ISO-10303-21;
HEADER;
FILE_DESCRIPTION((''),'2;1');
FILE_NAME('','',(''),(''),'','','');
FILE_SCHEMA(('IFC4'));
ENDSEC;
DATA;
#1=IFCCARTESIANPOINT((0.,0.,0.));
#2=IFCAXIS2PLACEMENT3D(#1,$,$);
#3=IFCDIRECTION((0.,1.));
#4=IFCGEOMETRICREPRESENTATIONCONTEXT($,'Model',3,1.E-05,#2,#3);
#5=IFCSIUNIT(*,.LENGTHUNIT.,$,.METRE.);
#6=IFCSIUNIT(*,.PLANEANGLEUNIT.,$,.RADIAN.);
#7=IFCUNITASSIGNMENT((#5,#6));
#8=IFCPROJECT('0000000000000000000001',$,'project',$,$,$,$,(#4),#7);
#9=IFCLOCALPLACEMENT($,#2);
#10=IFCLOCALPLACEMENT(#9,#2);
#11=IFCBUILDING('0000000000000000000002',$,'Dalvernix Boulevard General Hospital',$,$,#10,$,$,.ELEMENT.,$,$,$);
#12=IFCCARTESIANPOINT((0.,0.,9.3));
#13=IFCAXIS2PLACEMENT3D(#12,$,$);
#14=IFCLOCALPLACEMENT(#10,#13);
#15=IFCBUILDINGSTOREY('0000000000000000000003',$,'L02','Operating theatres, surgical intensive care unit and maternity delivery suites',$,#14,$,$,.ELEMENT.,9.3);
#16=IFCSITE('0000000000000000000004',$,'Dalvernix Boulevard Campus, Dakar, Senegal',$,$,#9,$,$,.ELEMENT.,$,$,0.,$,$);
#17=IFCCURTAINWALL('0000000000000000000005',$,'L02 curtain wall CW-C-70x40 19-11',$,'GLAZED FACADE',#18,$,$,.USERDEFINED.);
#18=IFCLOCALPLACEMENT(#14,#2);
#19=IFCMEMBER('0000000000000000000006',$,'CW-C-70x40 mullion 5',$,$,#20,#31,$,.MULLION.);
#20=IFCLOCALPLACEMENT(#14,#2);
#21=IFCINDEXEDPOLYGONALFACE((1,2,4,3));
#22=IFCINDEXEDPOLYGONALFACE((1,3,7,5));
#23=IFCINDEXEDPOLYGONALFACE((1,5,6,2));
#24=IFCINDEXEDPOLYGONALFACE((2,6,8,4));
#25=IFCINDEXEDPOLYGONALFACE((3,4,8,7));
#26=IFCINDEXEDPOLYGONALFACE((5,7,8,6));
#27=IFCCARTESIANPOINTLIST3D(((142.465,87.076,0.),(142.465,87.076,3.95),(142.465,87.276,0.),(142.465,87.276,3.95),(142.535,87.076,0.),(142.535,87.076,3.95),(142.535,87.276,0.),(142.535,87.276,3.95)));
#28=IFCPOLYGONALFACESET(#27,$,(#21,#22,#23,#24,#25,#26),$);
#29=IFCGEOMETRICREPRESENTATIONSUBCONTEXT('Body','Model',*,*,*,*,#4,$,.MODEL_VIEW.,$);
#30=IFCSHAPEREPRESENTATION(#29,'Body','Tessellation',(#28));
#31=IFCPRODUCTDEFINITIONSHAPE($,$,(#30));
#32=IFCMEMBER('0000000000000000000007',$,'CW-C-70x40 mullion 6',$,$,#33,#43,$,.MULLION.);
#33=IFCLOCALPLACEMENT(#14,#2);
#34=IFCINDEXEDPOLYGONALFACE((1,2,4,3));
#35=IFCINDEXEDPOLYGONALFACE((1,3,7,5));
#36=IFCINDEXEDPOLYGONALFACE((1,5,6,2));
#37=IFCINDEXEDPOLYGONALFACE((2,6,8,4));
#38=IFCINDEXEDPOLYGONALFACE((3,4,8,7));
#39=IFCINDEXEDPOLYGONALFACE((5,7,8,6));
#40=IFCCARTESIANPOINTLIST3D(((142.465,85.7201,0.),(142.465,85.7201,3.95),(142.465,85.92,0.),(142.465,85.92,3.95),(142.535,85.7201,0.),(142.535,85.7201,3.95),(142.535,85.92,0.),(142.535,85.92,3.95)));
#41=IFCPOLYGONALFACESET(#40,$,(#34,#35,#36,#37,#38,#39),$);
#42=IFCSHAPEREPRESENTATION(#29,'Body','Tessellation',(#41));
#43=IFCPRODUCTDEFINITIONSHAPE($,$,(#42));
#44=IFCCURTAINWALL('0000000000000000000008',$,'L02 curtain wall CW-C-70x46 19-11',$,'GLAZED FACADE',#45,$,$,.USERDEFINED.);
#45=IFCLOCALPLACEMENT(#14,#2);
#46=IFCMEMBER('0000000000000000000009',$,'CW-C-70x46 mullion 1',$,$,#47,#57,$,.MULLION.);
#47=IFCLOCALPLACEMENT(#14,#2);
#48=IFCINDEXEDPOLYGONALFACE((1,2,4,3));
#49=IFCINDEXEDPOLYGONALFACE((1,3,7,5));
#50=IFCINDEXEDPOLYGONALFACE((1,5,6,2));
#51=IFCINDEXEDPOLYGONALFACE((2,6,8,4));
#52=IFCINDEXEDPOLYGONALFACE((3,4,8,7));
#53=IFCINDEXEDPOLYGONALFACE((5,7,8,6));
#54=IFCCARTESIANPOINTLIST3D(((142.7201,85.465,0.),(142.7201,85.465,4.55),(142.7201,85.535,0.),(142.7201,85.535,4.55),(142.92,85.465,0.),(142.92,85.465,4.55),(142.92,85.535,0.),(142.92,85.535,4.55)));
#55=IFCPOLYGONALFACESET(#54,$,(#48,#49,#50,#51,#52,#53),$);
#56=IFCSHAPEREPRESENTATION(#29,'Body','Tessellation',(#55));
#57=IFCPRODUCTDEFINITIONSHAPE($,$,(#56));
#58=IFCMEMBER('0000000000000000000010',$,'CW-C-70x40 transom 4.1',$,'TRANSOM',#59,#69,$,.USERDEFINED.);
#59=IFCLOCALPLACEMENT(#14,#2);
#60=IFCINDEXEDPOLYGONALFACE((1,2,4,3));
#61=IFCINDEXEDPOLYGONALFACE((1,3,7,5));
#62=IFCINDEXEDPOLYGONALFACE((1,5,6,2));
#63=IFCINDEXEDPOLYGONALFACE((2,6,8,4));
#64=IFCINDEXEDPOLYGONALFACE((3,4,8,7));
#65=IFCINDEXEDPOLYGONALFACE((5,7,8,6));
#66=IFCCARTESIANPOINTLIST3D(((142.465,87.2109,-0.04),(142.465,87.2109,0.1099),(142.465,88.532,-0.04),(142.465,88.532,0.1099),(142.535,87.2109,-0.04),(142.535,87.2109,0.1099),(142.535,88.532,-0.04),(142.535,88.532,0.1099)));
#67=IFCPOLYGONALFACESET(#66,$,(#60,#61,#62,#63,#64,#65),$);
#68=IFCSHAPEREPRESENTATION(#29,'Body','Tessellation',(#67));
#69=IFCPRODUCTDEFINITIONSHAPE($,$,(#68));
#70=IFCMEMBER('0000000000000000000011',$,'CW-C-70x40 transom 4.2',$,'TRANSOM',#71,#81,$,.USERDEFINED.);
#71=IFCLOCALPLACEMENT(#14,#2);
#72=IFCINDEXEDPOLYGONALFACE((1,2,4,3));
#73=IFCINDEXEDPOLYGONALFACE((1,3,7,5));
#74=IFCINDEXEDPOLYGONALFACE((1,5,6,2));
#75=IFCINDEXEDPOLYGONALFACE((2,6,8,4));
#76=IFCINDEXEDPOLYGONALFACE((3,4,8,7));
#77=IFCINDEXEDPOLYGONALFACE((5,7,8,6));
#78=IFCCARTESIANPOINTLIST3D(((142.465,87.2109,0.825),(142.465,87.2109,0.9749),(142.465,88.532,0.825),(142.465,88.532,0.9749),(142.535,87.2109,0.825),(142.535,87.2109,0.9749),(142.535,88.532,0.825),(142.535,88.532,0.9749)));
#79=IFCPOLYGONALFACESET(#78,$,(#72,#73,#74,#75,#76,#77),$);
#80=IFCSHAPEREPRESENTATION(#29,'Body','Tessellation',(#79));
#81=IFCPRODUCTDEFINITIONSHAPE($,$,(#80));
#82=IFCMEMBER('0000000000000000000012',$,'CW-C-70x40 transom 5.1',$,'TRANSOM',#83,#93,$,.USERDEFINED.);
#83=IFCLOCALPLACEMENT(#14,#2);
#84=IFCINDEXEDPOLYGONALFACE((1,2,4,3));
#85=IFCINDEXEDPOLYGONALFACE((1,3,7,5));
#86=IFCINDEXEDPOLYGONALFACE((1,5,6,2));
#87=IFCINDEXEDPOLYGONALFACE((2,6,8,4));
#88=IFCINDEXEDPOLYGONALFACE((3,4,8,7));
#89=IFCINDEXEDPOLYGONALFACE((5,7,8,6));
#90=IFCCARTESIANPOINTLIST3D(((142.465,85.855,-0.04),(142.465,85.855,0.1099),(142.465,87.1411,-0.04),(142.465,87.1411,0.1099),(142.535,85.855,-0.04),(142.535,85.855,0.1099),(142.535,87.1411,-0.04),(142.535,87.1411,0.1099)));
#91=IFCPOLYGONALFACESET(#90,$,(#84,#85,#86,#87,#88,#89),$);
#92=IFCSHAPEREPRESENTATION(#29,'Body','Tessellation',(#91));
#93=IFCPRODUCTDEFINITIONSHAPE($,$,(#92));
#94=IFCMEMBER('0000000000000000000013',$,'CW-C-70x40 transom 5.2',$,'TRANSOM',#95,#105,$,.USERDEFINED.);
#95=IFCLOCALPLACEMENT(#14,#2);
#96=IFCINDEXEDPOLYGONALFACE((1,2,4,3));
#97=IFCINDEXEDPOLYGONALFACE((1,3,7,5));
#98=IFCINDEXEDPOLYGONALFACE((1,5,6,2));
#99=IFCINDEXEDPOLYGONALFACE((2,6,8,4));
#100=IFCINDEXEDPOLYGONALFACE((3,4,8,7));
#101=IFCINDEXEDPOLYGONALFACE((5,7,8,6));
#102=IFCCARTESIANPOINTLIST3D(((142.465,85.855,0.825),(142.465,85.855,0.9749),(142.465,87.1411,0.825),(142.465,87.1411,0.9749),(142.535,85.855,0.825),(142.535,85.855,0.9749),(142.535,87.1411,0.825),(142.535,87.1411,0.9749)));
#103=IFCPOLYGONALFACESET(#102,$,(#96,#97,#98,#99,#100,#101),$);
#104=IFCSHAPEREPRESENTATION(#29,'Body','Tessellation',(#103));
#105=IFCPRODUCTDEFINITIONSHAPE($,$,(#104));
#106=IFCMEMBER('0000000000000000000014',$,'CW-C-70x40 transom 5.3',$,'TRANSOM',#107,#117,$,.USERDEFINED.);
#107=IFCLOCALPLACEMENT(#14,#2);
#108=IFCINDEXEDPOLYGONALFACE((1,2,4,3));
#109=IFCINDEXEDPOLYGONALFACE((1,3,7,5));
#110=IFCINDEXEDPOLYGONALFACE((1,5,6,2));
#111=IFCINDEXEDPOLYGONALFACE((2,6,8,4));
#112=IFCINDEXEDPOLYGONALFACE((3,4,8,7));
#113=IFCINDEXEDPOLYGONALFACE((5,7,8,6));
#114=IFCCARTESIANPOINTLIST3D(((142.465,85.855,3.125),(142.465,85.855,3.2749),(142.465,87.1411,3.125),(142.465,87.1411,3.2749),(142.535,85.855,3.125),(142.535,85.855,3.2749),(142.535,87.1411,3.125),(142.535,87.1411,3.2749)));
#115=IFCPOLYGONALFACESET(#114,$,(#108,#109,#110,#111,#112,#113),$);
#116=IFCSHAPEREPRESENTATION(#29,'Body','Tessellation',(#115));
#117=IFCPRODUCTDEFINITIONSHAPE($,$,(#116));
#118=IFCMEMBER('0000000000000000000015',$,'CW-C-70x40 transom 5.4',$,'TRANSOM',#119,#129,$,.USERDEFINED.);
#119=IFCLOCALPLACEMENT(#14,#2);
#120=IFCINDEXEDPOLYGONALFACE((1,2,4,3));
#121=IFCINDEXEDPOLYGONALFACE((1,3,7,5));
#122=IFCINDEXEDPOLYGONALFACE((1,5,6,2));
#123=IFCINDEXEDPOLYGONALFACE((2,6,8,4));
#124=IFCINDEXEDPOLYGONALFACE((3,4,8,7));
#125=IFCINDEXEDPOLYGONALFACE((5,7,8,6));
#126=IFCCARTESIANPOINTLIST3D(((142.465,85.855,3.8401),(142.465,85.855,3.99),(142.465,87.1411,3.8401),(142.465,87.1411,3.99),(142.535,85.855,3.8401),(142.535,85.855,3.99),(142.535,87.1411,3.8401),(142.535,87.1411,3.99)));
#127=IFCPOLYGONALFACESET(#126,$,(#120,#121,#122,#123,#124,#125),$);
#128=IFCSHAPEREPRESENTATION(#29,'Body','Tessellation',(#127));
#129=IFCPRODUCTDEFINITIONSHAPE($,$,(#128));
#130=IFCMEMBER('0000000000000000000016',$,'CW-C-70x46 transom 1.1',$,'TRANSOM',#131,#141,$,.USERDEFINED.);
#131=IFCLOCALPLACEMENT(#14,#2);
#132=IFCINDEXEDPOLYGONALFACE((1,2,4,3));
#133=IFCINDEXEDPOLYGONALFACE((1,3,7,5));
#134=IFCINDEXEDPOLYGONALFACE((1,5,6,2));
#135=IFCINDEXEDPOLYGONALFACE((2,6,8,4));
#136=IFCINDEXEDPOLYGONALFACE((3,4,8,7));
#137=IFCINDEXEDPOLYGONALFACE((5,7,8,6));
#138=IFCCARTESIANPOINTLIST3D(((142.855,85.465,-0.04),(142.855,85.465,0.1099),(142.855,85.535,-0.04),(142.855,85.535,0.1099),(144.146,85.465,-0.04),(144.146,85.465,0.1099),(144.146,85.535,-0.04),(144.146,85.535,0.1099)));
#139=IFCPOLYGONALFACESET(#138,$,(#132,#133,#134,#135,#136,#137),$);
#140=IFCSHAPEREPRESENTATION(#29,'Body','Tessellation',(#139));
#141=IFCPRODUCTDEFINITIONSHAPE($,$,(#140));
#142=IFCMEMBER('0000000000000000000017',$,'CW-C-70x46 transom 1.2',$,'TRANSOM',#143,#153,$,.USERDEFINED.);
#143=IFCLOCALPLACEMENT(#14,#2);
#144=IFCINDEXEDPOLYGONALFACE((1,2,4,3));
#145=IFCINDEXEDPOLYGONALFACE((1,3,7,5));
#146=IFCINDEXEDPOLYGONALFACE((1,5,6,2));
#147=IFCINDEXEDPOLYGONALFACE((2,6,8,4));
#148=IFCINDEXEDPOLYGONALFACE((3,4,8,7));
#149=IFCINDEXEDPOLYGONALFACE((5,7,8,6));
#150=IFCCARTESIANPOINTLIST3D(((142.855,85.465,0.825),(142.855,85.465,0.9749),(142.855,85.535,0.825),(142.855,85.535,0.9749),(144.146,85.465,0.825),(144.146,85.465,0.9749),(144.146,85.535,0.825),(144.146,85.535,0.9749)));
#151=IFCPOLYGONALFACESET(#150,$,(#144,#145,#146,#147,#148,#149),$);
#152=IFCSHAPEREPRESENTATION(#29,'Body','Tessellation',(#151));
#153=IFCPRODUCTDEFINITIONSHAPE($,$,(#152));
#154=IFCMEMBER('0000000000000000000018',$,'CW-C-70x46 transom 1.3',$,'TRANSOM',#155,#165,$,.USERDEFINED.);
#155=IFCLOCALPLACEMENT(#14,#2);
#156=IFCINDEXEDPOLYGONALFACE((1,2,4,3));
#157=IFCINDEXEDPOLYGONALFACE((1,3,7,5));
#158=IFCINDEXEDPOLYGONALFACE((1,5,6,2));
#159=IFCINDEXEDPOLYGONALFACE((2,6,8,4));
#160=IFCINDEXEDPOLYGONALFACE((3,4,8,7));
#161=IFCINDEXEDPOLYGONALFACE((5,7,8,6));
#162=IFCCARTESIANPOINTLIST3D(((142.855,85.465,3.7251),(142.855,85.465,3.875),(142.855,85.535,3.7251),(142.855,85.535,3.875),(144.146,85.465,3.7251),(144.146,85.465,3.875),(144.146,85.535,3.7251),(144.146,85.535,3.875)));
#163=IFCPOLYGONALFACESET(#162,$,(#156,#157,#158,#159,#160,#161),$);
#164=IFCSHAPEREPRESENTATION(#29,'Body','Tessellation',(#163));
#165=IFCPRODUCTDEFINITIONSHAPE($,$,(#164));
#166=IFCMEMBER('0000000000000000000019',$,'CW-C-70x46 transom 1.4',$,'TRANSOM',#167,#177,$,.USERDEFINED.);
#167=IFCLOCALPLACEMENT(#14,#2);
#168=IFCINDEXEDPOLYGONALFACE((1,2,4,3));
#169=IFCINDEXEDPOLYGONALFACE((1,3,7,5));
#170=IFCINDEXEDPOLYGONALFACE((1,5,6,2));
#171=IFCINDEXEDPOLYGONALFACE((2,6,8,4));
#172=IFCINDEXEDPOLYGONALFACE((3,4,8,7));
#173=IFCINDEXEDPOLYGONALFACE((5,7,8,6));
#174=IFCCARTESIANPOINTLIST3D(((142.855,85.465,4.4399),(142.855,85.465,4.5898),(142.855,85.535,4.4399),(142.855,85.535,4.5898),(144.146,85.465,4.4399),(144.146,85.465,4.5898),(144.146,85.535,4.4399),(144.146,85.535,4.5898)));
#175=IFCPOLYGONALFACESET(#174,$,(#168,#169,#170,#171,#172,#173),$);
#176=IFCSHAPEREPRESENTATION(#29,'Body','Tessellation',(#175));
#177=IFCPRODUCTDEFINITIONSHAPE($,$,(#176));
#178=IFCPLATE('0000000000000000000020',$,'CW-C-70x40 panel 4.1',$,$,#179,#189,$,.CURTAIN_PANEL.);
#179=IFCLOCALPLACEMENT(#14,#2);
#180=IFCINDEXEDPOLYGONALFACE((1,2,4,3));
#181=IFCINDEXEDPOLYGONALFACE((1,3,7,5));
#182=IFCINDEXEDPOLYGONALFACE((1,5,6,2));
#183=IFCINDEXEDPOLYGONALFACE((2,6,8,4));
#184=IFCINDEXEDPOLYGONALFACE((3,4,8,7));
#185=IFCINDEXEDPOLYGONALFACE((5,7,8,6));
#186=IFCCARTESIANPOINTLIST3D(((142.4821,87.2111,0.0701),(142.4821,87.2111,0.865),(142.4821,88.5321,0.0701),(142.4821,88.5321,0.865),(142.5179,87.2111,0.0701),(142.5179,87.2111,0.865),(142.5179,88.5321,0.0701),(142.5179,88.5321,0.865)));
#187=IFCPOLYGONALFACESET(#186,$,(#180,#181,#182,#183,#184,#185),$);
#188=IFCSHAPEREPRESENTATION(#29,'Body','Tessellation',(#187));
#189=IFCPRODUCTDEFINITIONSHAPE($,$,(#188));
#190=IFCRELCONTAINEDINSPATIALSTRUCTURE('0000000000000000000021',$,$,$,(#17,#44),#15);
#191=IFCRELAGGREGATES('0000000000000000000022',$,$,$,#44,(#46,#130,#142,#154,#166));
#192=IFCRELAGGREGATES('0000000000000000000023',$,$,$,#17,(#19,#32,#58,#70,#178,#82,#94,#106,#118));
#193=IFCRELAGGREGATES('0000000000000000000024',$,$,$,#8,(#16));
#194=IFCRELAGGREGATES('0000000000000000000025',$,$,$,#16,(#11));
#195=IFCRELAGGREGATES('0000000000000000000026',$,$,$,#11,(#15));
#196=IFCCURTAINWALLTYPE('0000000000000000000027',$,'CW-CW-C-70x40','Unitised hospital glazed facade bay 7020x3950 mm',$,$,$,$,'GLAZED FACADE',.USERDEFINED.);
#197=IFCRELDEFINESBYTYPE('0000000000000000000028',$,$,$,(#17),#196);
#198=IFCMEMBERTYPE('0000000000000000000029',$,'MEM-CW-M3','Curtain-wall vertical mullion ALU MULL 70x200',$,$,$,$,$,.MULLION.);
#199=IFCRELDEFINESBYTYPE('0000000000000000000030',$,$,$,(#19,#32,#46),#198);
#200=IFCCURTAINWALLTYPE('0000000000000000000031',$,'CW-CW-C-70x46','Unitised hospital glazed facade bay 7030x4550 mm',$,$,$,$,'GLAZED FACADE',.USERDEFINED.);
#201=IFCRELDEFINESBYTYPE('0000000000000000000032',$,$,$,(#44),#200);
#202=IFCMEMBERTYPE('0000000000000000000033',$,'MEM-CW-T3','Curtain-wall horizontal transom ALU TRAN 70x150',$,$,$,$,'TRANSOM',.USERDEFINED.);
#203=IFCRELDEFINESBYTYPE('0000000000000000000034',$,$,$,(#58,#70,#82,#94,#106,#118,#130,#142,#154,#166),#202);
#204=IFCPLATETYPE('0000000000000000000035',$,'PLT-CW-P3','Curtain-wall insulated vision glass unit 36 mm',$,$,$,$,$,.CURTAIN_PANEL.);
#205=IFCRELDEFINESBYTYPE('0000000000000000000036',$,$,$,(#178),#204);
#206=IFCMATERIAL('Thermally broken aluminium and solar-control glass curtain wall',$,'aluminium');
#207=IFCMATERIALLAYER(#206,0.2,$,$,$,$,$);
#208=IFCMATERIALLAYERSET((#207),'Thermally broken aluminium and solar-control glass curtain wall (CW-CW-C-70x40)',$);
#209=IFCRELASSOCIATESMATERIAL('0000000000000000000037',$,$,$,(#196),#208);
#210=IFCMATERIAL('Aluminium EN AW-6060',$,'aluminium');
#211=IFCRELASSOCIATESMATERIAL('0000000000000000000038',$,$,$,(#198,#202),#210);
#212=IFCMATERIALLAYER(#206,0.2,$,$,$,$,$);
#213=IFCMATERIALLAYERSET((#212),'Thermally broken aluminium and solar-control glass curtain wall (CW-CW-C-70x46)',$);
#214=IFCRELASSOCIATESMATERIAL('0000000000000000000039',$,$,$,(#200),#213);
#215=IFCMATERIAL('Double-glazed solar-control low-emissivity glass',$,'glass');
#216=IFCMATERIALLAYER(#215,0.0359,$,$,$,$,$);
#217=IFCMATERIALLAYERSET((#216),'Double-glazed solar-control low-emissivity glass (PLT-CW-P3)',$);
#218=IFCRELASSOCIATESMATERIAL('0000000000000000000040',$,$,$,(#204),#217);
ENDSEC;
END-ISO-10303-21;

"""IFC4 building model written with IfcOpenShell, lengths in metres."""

from ifc_helpers import new_model, si_unit, direction, frame, origin, origin_2d, place, context, subcontext, project, spatial, rectangle, extrude, material, layer, layer_set, material_profile, profile_set, type_object, element, aggregate, save


model = new_model("IFC4")

# Units and contexts
model_context = context("Model", 3, precision=1e-05, world=origin(), true_north=direction((0.0, 1.0)))
body_context = subcontext(model_context, "Body", "Model", "MODEL_VIEW")
ifc_project = project(units=[si_unit("LENGTHUNIT", "METRE"), si_unit("PLANEANGLEUNIT", "RADIAN")], contexts=[model_context])

# Site, building, storey
site_placement = place(None, origin())
site = spatial("IfcSite", under=ifc_project, at=site_placement, Name="Dalvernix Boulevard Campus, Dakar, Senegal", CompositionType="ELEMENT", RefElevation=0.0)
building_placement = place(site_placement, origin())
building = spatial("IfcBuilding", under=site, at=building_placement, Name="Dalvernix Boulevard General Hospital", CompositionType="ELEMENT")
storey_placement = place(building_placement, frame((0.0, 0.0, 9.3)))
storey = spatial("IfcBuildingStorey", under=building, at=storey_placement, Name="L02", Description="Operating theatres, surgical intensive care unit and maternity delivery suites", CompositionType="ELEMENT", Elevation=9.3)

# Curtain wall, members
ifc_material_1 = material(Name="Thermally broken aluminium and solar-control glass curtain wall", Category="aluminium")
ifc_layer_1 = layer(ifc_material_1, 0.2)
ifc_layer_set_1 = layer_set([ifc_layer_1], Name="Thermally broken aluminium and solar-control glass curtain wall (CW-CW-C-70x40)")
curtain_wall_type_1 = type_object("IfcCurtainWallType", Name="CW-CW-C-70x40", Description="Unitised hospital glazed facade bay 7020x3950 mm", ElementType="GLAZED FACADE", PredefinedType="USERDEFINED", material=ifc_layer_set_1)
curtain_wall_1_placement = place(storey_placement, origin())
curtain_wall_1 = element("IfcCurtainWall", 1, at=curtain_wall_1_placement, inside=storey, type_object=curtain_wall_type_1, Name="L02 curtain wall CW-C-70x40 19-11", ObjectType="GLAZED FACADE", PredefinedType="USERDEFINED")
ifc_material_2 = material(Name="Aluminium EN AW-6060", Category="aluminium")
ifc_material_profile_1 = material_profile(ifc_material_2, rectangle(XDim=0.0701, YDim=0.2, at=origin_2d()), Name="ALU MULL 70x200")
ifc_profile_set_1 = profile_set([ifc_material_profile_1], Name="Aluminium EN AW-6060")
member_type_1 = type_object("IfcMemberType", Name="MEM-CW-M3", Description="Curtain-wall vertical mullion ALU MULL 70x200", PredefinedType="MULLION", material=ifc_profile_set_1)
member_1_placement = place(storey_placement, frame((142.5, 87.176, 0.0), z_axis=(0.0, 0.0, 1.0), x_axis=(1.0, 0.0, 0.0)))
member_1 = element("IfcMember", 2, at=member_1_placement, type_object=member_type_1, Name="CW-C-70x40 mullion 5", PredefinedType="MULLION", context=body_context, shape_type="SweptSolid", body=[
    extrude(rectangle(XDim=0.0701, YDim=0.2, at=origin_2d()), origin(), (0.0, 0.0, 1.0), 3.95),
])
member_2_placement = place(storey_placement, frame((142.5, 85.8201, 0.0), z_axis=(0.0, 0.0, 1.0), x_axis=(1.0, 0.0, 0.0)))
member_2 = element("IfcMember", 3, at=member_2_placement, type_object=member_type_1, Name="CW-C-70x40 mullion 6", PredefinedType="MULLION", context=body_context, shape_type="SweptSolid", body=[
    extrude(rectangle(XDim=0.0701, YDim=0.2, at=origin_2d()), origin(), (0.0, 0.0, 1.0), 3.95),
])

# Curtain wall, member
ifc_layer_2 = layer(ifc_material_1, 0.2)
ifc_layer_set_2 = layer_set([ifc_layer_2], Name="Thermally broken aluminium and solar-control glass curtain wall (CW-CW-C-70x46)")
curtain_wall_type_2 = type_object("IfcCurtainWallType", Name="CW-CW-C-70x46", Description="Unitised hospital glazed facade bay 7030x4550 mm", ElementType="GLAZED FACADE", PredefinedType="USERDEFINED", material=ifc_layer_set_2)
curtain_wall_2_placement = place(storey_placement, origin())
curtain_wall_2 = element("IfcCurtainWall", 4, at=curtain_wall_2_placement, inside=storey, type_object=curtain_wall_type_2, Name="L02 curtain wall CW-C-70x46 19-11", ObjectType="GLAZED FACADE", PredefinedType="USERDEFINED")
member_3_placement = place(storey_placement, frame((142.8201, 85.5, 0.0), z_axis=(0.0, 0.0, 1.0), x_axis=(0.0, 1.0, 0.0)))
member_3 = element("IfcMember", 5, at=member_3_placement, type_object=member_type_1, Name="CW-C-70x46 mullion 1", PredefinedType="MULLION", context=body_context, shape_type="SweptSolid", body=[
    extrude(rectangle(XDim=0.0701, YDim=0.2, at=origin_2d()), origin(), (0.0, 0.0, 1.0), 4.55),
])

# Members
ifc_material_profile_2 = material_profile(ifc_material_2, rectangle(XDim=0.0701, YDim=0.1499, at=origin_2d()), Name="ALU TRAN 70x150")
ifc_profile_set_2 = profile_set([ifc_material_profile_2], Name="Aluminium EN AW-6060")
member_type_2 = type_object("IfcMemberType", Name="MEM-CW-T3", Description="Curtain-wall horizontal transom ALU TRAN 70x150", ElementType="TRANSOM", PredefinedType="USERDEFINED", material=ifc_profile_set_2)
member_4_placement = place(storey_placement, frame((142.5, 88.532, 0.0349), z_axis=(0.0, -1.0, 0.0), x_axis=(1.0, 0.0, 0.0)))
member_4 = element("IfcMember", 6, at=member_4_placement, type_object=member_type_2, Name="CW-C-70x40 transom 4.1", ObjectType="TRANSOM", PredefinedType="USERDEFINED", context=body_context, shape_type="SweptSolid", body=[
    extrude(rectangle(XDim=0.0701, YDim=0.1499, at=origin_2d()), origin(), (0.0, 0.0, 1.0), 1.321),
])
member_5_placement = place(storey_placement, frame((142.5, 88.532, 0.8999), z_axis=(0.0, -1.0, 0.0), x_axis=(1.0, 0.0, 0.0)))
member_5 = element("IfcMember", 7, at=member_5_placement, type_object=member_type_2, Name="CW-C-70x40 transom 4.2", ObjectType="TRANSOM", PredefinedType="USERDEFINED", context=body_context, shape_type="SweptSolid", body=[
    extrude(rectangle(XDim=0.0701, YDim=0.1499, at=origin_2d()), origin(), (0.0, 0.0, 1.0), 1.321),
])
member_6_placement = place(storey_placement, frame((142.5, 87.1411, 0.0349), z_axis=(0.0, -1.0, 0.0), x_axis=(1.0, 0.0, 0.0)))
member_6 = element("IfcMember", 8, at=member_6_placement, type_object=member_type_2, Name="CW-C-70x40 transom 5.1", ObjectType="TRANSOM", PredefinedType="USERDEFINED", context=body_context, shape_type="SweptSolid", body=[
    extrude(rectangle(XDim=0.0701, YDim=0.1499, at=origin_2d()), origin(), (0.0, 0.0, 1.0), 1.2861),
])
member_7_placement = place(storey_placement, frame((142.5, 87.1411, 0.8999), z_axis=(0.0, -1.0, 0.0), x_axis=(1.0, 0.0, 0.0)))
member_7 = element("IfcMember", 9, at=member_7_placement, type_object=member_type_2, Name="CW-C-70x40 transom 5.2", ObjectType="TRANSOM", PredefinedType="USERDEFINED", context=body_context, shape_type="SweptSolid", body=[
    extrude(rectangle(XDim=0.0701, YDim=0.1499, at=origin_2d()), origin(), (0.0, 0.0, 1.0), 1.2861),
])
member_8_placement = place(storey_placement, frame((142.5, 87.1411, 3.2), z_axis=(0.0, -1.0, 0.0), x_axis=(1.0, 0.0, 0.0)))
member_8 = element("IfcMember", 10, at=member_8_placement, type_object=member_type_2, Name="CW-C-70x40 transom 5.3", ObjectType="TRANSOM", PredefinedType="USERDEFINED", context=body_context, shape_type="SweptSolid", body=[
    extrude(rectangle(XDim=0.0701, YDim=0.1499, at=origin_2d()), origin(), (0.0, 0.0, 1.0), 1.2861),
])
member_9_placement = place(storey_placement, frame((142.5, 87.1411, 3.915), z_axis=(0.0, -1.0, 0.0), x_axis=(1.0, 0.0, 0.0)))
member_9 = element("IfcMember", 11, at=member_9_placement, type_object=member_type_2, Name="CW-C-70x40 transom 5.4", ObjectType="TRANSOM", PredefinedType="USERDEFINED", context=body_context, shape_type="SweptSolid", body=[
    extrude(rectangle(XDim=0.0701, YDim=0.1499, at=origin_2d()), origin(), (0.0, 0.0, 1.0), 1.2861),
])
member_10_placement = place(storey_placement, frame((142.855, 85.5, 0.0349), z_axis=(1.0, 0.0, 0.0), x_axis=(0.0, 1.0, 0.0)))
member_10 = element("IfcMember", 12, at=member_10_placement, type_object=member_type_2, Name="CW-C-70x46 transom 1.1", ObjectType="TRANSOM", PredefinedType="USERDEFINED", context=body_context, shape_type="SweptSolid", body=[
    extrude(rectangle(XDim=0.0701, YDim=0.1499, at=origin_2d()), origin(), (0.0, 0.0, 1.0), 1.291),
])
member_11_placement = place(storey_placement, frame((142.855, 85.5, 0.8999), z_axis=(1.0, 0.0, 0.0), x_axis=(0.0, 1.0, 0.0)))
member_11 = element("IfcMember", 13, at=member_11_placement, type_object=member_type_2, Name="CW-C-70x46 transom 1.2", ObjectType="TRANSOM", PredefinedType="USERDEFINED", context=body_context, shape_type="SweptSolid", body=[
    extrude(rectangle(XDim=0.0701, YDim=0.1499, at=origin_2d()), origin(), (0.0, 0.0, 1.0), 1.291),
])
member_12_placement = place(storey_placement, frame((142.855, 85.5, 3.8), z_axis=(1.0, 0.0, 0.0), x_axis=(0.0, 1.0, 0.0)))
member_12 = element("IfcMember", 14, at=member_12_placement, type_object=member_type_2, Name="CW-C-70x46 transom 1.3", ObjectType="TRANSOM", PredefinedType="USERDEFINED", context=body_context, shape_type="SweptSolid", body=[
    extrude(rectangle(XDim=0.0701, YDim=0.1499, at=origin_2d()), origin(), (0.0, 0.0, 1.0), 1.291),
])
member_13_placement = place(storey_placement, frame((142.855, 85.5, 4.5149), z_axis=(1.0, 0.0, 0.0), x_axis=(0.0, 1.0, 0.0)))
member_13 = element("IfcMember", 15, at=member_13_placement, type_object=member_type_2, Name="CW-C-70x46 transom 1.4", ObjectType="TRANSOM", PredefinedType="USERDEFINED", context=body_context, shape_type="SweptSolid", body=[
    extrude(rectangle(XDim=0.0701, YDim=0.1499, at=origin_2d()), origin(), (0.0, 0.0, 1.0), 1.291),
])
aggregate(curtain_wall_2, [member_3, member_10, member_11, member_12, member_13])

# Plate
ifc_material_3 = material(Name="Double-glazed solar-control low-emissivity glass", Category="glass")
ifc_layer_3 = layer(ifc_material_3, 0.0359)
ifc_layer_set_3 = layer_set([ifc_layer_3], Name="Double-glazed solar-control low-emissivity glass (PLT-CW-P3)")
plate_type = type_object("IfcPlateType", Name="PLT-CW-P3", Description="Curtain-wall insulated vision glass unit 36 mm", PredefinedType="CURTAIN_PANEL", material=ifc_layer_set_3)
plate_1_placement = place(storey_placement, frame((142.5, 87.8716, 0.0701), z_axis=(0.0, 0.0, 1.0), x_axis=(0.0, -1.0, 0.0)))
plate_1 = element("IfcPlate", 16, at=plate_1_placement, type_object=plate_type, Name="CW-C-70x40 panel 4.1", PredefinedType="CURTAIN_PANEL", context=body_context, shape_type="SweptSolid", body=[
    extrude(rectangle(XDim=1.321, YDim=0.0359, at=origin_2d()), origin(), (0.0, 0.0, 1.0), 0.7949),
])
aggregate(curtain_wall_1, [member_1, member_2, member_4, member_5, plate_1, member_6, member_7, member_8, member_9])

save(model, "model.ifc")
